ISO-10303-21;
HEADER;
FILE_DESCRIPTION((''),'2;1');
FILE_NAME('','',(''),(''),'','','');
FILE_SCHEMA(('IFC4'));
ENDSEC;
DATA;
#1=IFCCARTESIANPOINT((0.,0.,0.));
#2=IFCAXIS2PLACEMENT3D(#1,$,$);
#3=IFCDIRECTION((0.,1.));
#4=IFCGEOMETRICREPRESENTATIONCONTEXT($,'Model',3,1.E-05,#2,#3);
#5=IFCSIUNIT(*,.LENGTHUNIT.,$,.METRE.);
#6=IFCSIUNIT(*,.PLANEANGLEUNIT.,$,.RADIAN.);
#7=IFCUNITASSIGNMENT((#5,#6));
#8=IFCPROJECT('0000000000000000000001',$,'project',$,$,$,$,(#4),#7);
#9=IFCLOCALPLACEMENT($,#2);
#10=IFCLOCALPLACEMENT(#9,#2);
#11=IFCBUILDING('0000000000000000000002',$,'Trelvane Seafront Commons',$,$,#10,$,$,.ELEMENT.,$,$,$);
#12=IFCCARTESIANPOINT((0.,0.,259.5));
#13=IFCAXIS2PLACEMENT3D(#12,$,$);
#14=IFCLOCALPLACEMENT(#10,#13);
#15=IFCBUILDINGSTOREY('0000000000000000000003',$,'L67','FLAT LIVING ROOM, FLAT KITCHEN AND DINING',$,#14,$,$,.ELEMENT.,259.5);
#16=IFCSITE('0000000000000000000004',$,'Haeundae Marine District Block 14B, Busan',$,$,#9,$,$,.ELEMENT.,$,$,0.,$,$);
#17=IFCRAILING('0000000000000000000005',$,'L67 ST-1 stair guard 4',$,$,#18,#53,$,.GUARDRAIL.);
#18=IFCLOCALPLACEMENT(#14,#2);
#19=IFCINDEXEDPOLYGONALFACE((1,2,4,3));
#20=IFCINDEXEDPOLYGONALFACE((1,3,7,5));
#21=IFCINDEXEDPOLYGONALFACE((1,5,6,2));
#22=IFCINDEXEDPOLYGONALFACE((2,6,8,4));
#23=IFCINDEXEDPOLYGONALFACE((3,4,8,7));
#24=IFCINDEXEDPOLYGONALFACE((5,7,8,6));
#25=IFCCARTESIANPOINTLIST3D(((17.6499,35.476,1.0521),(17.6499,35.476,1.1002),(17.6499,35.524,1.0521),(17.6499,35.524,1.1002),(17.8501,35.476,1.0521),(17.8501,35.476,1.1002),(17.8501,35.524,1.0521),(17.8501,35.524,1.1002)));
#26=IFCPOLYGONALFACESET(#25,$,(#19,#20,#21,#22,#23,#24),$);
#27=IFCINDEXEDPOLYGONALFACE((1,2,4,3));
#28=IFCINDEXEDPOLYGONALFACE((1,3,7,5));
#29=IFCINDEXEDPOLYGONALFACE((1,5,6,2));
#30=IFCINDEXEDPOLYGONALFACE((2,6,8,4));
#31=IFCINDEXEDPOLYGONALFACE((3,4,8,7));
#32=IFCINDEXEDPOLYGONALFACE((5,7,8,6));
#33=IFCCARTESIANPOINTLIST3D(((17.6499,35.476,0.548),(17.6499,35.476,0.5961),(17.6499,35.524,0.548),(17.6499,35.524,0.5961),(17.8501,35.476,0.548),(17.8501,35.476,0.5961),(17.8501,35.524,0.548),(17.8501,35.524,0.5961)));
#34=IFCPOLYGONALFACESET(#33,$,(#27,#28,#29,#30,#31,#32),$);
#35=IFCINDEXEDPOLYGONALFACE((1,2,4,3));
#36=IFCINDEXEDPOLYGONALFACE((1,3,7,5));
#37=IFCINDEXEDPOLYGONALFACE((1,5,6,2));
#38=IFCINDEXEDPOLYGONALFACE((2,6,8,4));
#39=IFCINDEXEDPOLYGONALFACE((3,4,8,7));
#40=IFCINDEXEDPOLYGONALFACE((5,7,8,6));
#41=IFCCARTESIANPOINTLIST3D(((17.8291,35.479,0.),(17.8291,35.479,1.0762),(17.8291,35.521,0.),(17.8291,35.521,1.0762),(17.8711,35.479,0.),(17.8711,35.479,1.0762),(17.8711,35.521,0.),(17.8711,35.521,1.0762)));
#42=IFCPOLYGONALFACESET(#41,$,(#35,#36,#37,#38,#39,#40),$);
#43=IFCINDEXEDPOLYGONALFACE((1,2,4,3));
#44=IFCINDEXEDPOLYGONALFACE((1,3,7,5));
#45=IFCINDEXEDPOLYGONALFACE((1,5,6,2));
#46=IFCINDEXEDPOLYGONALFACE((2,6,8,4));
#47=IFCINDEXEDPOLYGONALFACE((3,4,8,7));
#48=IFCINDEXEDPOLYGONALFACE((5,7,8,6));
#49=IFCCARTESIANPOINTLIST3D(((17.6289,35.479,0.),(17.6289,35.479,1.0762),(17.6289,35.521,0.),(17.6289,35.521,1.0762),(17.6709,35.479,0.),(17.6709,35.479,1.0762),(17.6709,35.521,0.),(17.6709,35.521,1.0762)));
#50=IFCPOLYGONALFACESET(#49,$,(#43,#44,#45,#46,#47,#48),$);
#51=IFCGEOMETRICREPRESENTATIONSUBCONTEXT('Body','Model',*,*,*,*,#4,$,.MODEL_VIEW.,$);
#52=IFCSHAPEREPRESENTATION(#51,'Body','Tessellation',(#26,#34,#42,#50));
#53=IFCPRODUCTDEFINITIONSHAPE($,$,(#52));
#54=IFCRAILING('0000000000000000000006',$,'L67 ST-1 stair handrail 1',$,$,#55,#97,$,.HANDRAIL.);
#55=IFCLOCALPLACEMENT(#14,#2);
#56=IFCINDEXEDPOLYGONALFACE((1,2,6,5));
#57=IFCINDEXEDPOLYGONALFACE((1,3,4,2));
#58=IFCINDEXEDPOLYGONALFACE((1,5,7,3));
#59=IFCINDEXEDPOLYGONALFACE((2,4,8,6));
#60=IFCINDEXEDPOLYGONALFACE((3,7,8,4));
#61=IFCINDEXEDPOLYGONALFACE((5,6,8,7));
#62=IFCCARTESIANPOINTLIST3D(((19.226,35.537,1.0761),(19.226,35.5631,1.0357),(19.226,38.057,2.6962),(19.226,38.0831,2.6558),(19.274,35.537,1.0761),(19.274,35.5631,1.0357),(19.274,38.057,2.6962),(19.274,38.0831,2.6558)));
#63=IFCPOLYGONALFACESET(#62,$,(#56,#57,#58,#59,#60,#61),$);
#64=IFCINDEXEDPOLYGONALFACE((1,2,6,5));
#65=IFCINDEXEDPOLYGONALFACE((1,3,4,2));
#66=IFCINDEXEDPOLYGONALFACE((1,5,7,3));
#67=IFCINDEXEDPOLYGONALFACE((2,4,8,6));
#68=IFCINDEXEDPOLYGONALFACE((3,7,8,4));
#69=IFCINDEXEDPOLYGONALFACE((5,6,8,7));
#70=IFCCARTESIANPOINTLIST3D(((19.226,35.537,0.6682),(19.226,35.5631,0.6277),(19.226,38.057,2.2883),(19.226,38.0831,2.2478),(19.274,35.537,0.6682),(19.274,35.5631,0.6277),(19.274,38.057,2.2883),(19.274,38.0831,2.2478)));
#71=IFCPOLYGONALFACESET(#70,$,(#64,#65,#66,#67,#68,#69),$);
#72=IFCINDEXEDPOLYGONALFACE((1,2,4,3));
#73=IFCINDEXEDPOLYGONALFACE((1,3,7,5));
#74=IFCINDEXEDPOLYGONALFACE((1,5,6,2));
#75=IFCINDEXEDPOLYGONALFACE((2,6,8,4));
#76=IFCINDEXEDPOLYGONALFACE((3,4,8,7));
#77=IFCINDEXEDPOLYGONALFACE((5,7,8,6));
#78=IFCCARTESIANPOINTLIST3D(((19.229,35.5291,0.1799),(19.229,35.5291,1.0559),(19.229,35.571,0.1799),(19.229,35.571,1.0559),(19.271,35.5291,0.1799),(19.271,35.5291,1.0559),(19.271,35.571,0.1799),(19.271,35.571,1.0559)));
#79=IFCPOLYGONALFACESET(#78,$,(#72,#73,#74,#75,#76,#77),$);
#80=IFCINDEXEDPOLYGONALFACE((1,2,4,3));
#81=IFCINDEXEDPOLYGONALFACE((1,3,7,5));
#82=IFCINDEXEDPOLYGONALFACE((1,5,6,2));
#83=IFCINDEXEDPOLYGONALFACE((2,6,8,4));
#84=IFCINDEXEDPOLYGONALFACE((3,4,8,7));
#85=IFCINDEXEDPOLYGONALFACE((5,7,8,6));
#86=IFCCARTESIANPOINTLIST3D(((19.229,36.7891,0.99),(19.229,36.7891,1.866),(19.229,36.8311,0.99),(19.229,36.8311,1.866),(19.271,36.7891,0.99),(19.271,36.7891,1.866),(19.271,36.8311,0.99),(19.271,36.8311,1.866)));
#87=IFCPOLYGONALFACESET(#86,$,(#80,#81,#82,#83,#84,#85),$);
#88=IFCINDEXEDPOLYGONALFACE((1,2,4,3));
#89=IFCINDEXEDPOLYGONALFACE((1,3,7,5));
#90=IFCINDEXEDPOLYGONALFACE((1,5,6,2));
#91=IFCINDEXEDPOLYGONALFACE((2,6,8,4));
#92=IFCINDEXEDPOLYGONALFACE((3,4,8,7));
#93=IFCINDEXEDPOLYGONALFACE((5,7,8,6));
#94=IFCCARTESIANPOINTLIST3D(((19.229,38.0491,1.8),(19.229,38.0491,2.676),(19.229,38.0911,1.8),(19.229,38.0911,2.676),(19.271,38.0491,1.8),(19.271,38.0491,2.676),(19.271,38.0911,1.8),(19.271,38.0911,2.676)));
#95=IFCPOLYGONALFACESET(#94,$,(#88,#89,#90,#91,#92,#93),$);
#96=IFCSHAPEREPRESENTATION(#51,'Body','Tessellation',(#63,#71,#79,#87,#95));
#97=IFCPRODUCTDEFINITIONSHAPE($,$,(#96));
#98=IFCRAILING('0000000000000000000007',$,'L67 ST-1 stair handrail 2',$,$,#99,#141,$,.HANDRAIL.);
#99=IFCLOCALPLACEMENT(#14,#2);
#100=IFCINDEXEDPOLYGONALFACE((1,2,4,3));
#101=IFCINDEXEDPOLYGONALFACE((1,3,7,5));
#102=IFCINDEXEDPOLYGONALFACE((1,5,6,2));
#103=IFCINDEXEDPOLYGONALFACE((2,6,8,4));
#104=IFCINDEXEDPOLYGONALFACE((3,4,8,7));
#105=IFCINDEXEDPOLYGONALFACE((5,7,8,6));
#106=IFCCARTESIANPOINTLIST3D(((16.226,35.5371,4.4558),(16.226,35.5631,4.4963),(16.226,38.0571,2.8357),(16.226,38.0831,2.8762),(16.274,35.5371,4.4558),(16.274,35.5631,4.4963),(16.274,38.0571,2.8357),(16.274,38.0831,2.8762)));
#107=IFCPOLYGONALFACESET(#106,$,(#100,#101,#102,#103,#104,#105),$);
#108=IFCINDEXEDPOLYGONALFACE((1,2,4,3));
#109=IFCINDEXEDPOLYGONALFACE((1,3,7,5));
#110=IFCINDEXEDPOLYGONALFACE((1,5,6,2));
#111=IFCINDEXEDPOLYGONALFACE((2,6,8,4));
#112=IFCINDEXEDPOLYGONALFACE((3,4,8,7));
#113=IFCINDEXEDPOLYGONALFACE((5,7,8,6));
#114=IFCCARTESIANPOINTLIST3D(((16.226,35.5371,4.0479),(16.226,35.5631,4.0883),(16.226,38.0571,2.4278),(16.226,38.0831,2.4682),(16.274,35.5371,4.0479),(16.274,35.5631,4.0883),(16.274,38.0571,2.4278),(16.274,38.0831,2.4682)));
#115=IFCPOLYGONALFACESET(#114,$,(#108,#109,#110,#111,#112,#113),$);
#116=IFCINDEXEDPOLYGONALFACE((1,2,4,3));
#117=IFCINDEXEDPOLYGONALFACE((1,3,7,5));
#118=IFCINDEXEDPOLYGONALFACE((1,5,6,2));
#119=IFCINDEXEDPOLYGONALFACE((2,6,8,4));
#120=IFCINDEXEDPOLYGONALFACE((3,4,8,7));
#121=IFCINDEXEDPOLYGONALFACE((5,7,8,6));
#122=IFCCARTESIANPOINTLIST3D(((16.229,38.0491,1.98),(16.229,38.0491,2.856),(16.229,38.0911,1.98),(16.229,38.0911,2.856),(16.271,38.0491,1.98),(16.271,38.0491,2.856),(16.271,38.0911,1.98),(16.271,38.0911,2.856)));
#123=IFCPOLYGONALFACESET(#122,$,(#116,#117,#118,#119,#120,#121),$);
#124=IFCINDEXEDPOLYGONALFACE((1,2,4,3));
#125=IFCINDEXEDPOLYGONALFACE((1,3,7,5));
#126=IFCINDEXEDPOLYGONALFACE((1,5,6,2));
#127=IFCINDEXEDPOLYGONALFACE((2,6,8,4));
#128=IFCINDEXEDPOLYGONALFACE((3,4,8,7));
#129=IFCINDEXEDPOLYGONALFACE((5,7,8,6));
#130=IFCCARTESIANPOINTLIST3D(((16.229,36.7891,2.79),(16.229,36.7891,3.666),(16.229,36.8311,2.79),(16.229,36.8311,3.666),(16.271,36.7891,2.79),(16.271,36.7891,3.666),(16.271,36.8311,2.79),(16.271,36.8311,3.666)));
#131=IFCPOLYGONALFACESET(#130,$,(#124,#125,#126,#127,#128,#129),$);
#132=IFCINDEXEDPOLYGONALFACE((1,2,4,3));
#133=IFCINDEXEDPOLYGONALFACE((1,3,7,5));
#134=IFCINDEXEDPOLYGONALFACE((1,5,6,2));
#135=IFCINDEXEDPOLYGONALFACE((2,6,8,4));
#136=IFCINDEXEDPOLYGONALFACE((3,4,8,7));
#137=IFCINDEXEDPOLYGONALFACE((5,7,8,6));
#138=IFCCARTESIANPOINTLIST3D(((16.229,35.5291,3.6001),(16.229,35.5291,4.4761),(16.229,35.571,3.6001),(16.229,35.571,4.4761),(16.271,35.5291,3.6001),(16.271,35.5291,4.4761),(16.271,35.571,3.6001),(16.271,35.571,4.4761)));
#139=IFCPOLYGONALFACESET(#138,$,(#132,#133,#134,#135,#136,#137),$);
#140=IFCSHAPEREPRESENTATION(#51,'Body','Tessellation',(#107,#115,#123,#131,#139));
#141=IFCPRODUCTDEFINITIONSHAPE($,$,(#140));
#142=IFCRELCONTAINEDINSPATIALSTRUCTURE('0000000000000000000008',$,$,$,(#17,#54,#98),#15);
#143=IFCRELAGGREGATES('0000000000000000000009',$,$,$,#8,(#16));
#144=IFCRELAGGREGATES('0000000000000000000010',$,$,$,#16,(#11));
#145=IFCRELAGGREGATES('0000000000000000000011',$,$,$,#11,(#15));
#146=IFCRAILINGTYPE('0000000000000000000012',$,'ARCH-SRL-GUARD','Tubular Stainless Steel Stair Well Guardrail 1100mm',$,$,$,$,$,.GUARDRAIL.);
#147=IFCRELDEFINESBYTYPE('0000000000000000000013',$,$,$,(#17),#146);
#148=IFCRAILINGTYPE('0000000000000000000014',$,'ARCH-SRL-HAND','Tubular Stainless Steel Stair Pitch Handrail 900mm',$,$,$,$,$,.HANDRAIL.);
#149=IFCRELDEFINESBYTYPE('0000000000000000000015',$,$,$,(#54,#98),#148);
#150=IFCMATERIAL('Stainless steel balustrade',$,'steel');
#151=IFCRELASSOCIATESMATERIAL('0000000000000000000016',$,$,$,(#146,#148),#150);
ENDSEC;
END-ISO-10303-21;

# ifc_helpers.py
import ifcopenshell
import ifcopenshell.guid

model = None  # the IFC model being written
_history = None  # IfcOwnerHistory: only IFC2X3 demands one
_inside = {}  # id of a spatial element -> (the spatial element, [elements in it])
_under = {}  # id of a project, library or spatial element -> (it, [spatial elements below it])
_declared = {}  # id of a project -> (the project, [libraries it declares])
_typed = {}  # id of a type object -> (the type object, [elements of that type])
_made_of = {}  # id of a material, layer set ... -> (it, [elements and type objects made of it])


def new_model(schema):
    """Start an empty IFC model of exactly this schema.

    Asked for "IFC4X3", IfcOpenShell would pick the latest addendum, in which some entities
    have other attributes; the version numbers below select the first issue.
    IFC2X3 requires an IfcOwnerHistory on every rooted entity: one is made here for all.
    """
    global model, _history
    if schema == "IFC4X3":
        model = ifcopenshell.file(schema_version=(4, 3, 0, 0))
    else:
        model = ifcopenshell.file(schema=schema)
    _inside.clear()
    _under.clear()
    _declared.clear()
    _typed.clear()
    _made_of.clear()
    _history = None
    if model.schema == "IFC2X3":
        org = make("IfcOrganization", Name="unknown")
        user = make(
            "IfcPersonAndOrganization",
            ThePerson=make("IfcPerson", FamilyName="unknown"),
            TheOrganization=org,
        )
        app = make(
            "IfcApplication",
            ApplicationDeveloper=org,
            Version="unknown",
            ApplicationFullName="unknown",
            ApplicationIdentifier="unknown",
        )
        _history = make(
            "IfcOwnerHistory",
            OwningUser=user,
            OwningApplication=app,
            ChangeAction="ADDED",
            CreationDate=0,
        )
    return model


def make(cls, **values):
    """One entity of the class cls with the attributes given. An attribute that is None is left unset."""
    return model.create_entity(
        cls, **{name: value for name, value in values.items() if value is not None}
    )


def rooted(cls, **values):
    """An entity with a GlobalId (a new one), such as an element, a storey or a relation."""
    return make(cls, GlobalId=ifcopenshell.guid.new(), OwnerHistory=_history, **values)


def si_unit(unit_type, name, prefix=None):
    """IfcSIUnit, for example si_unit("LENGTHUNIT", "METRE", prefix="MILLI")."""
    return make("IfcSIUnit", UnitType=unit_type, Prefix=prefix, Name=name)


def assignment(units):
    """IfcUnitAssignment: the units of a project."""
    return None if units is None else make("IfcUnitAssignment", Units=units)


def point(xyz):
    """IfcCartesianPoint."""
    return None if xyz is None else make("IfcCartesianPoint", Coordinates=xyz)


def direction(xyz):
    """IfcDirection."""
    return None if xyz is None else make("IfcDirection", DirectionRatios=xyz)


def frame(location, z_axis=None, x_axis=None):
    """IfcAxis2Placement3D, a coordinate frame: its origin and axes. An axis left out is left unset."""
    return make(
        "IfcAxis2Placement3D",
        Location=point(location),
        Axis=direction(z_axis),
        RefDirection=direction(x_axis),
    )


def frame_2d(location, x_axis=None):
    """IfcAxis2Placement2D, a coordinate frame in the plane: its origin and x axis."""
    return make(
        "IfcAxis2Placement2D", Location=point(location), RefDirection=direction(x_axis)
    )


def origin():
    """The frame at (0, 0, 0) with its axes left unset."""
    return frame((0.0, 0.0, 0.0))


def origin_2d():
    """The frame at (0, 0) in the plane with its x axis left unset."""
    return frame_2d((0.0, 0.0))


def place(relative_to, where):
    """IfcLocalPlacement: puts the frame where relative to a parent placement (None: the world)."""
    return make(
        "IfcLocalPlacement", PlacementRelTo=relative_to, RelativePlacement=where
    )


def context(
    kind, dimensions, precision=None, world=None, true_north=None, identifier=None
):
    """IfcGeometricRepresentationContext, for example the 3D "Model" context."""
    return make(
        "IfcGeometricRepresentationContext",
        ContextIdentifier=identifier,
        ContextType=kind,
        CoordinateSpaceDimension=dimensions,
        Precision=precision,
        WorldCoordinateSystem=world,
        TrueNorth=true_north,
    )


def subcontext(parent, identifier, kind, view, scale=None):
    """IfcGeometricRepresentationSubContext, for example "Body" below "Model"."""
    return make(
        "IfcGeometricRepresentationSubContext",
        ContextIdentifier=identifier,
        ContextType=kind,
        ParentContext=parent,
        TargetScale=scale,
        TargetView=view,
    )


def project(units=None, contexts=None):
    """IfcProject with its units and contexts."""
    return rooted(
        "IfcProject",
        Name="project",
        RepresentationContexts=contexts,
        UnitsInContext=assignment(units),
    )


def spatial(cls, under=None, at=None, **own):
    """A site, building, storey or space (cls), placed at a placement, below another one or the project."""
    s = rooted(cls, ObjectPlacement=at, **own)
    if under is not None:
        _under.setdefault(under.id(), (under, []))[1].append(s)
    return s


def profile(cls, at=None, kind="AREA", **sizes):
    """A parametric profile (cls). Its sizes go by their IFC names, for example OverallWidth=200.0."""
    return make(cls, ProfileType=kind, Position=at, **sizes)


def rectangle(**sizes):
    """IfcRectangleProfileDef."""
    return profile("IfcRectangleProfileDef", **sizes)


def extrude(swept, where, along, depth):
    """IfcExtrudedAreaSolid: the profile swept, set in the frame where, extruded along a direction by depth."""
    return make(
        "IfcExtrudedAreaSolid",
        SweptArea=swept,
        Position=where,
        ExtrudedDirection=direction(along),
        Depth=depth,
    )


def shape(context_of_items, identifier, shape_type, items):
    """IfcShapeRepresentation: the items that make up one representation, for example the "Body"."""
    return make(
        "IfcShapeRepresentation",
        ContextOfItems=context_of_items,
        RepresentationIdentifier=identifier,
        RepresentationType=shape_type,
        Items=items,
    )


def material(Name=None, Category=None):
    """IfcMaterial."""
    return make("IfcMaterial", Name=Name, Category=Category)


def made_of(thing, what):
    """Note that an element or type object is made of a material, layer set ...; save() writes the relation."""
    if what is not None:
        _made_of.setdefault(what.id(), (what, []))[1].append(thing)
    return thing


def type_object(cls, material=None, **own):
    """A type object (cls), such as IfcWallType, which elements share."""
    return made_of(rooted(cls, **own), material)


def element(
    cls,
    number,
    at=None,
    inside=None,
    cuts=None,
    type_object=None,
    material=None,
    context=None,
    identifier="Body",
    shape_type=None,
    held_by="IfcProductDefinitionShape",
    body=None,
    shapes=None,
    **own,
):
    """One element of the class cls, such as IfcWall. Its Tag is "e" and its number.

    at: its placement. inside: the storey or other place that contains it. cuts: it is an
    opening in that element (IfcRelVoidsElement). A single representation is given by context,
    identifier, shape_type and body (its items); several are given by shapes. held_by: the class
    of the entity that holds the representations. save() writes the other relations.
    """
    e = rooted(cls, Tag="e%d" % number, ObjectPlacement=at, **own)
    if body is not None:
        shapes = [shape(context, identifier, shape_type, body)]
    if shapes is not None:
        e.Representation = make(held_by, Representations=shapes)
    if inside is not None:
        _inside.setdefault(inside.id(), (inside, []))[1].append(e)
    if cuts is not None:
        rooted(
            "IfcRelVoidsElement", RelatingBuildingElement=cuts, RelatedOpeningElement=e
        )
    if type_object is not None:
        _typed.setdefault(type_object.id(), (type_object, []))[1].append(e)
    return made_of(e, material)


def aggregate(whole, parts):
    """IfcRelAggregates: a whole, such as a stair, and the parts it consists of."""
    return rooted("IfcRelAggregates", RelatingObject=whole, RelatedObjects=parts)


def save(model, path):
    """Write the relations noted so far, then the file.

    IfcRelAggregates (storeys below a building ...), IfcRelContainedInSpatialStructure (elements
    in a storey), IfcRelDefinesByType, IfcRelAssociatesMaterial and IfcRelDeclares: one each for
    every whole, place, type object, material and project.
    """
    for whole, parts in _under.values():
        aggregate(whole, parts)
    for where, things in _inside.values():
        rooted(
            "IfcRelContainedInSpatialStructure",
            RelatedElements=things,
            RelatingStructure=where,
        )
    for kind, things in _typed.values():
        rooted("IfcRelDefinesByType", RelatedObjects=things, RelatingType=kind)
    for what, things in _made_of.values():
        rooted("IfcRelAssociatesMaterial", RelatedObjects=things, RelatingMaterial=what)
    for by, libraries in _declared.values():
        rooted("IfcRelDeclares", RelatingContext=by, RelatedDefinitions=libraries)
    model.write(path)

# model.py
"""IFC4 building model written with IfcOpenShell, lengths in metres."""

from ifc_helpers import new_model, si_unit, direction, frame, origin, origin_2d, place, context, subcontext, project, spatial, rectangle, extrude, material, type_object, element, save


model = new_model("IFC4")

# Units and contexts
model_context = context("Model", 3, precision=1e-05, world=origin(), true_north=direction((0.0, 1.0)))
body_context = subcontext(model_context, "Body", "Model", "MODEL_VIEW")
ifc_project = project(units=[si_unit("LENGTHUNIT", "METRE"), si_unit("PLANEANGLEUNIT", "RADIAN")], contexts=[model_context])

# Site, building, storey
site_placement = place(None, origin())
site = spatial("IfcSite", under=ifc_project, at=site_placement, Name="Haeundae Marine District Block 14B, Busan", CompositionType="ELEMENT", RefElevation=0.0)
building_placement = place(site_placement, origin())
building = spatial("IfcBuilding", under=site, at=building_placement, Name="Trelvane Seafront Commons", CompositionType="ELEMENT")
storey_placement = place(building_placement, frame((0.0, 0.0, 259.5)))
storey = spatial("IfcBuildingStorey", under=building, at=storey_placement, Name="L67", Description="FLAT LIVING ROOM, FLAT KITCHEN AND DINING", CompositionType="ELEMENT", Elevation=259.5)

# Shared definitions
ifc_material_1 = material(Name="Stainless steel balustrade", Category="steel")

# Railings
railing_type_1 = type_object("IfcRailingType", Name="ARCH-SRL-GUARD", Description="Tubular Stainless Steel Stair Well Guardrail 1100mm", PredefinedType="GUARDRAIL", material=ifc_material_1)
railing_1_placement = place(storey_placement, frame((17.8501, 35.5, 0.0)))
element("IfcRailing", 1, at=railing_1_placement, inside=storey, type_object=railing_type_1, Name="L67 ST-1 stair guard 4", PredefinedType="GUARDRAIL", context=body_context, shape_type="SweptSolid", body=[
    extrude(rectangle(XDim=0.0481, YDim=0.0481, at=origin_2d()), frame((0.0, 0.0, 1.0762), z_axis=(-1.0, 0.0, 0.0), x_axis=(0.0, -1.0, 0.0)), (0.0, 0.0, 1.0), 0.2002),
    extrude(rectangle(XDim=0.0481, YDim=0.0481, at=origin_2d()), frame((0.0, 0.0, 0.572), z_axis=(-1.0, 0.0, 0.0), x_axis=(0.0, -1.0, 0.0)), (0.0, 0.0, 1.0), 0.2002),
    extrude(rectangle(XDim=0.042, YDim=0.042, at=origin_2d()), origin(), (0.0, 0.0, 1.0), 1.0762),
    extrude(rectangle(XDim=0.042, YDim=0.042, at=origin_2d()), frame((-0.2002, 0.0, 0.0)), (0.0, 0.0, 1.0), 1.0762),
])
railing_type_2 = type_object("IfcRailingType", Name="ARCH-SRL-HAND", Description="Tubular Stainless Steel Stair Pitch Handrail 900mm", PredefinedType="HANDRAIL", material=ifc_material_1)
railing_2_placement = place(storey_placement, frame((19.25, 35.55, 0.1799)))
element("IfcRailing", 2, at=railing_2_placement, inside=storey, type_object=railing_type_2, Name="L67 ST-1 stair handrail 1", PredefinedType="HANDRAIL", context=body_context, shape_type="SweptSolid", body=[
    extrude(rectangle(XDim=0.0481, YDim=0.0481, at=origin_2d()), frame((0.0, 0.0, 0.876), z_axis=(0.0, 0.841163, 0.540782), x_axis=(-1.0, 0.0, 0.0)), (0.0, 0.0, 1.0), 2.9958),
    extrude(rectangle(XDim=0.0481, YDim=0.0481, at=origin_2d()), frame((0.0, 0.0, 0.468), z_axis=(0.0, 0.841163, 0.540782), x_axis=(-1.0, 0.0, 0.0)), (0.0, 0.0, 1.0), 2.9958),
    extrude(rectangle(XDim=0.042, YDim=0.042, at=origin_2d()), origin(), (0.0, 0.0, 1.0), 0.876),
    extrude(rectangle(XDim=0.042, YDim=0.042, at=origin_2d()), frame((0.0, 1.26, 0.8101)), (0.0, 0.0, 1.0), 0.876),
    extrude(rectangle(XDim=0.042, YDim=0.042, at=origin_2d()), frame((0.0, 2.52, 1.6201)), (0.0, 0.0, 1.0), 0.876),
])
railing_3_placement = place(storey_placement, frame((16.25, 38.0701, 1.98)))
element("IfcRailing", 3, at=railing_3_placement, inside=storey, type_object=railing_type_2, Name="L67 ST-1 stair handrail 2", PredefinedType="HANDRAIL", context=body_context, shape_type="SweptSolid", body=[
    extrude(rectangle(XDim=0.0481, YDim=0.0481, at=origin_2d()), frame((0.0, 0.0, 0.876), z_axis=(0.0, -0.841163, 0.540782), x_axis=(1.0, 0.0, 0.0)), (0.0, 0.0, 1.0), 2.9958),
    extrude(rectangle(XDim=0.0481, YDim=0.0481, at=origin_2d()), frame((0.0, 0.0, 0.468), z_axis=(0.0, -0.841163, 0.540782), x_axis=(1.0, 0.0, 0.0)), (0.0, 0.0, 1.0), 2.9958),
    extrude(rectangle(XDim=0.042, YDim=0.042, at=origin_2d()), origin(), (0.0, 0.0, 1.0), 0.876),
    extrude(rectangle(XDim=0.042, YDim=0.042, at=origin_2d()), frame((0.0, -1.26, 0.8101)), (0.0, 0.0, 1.0), 0.876),
    extrude(rectangle(XDim=0.042, YDim=0.042, at=origin_2d()), frame((0.0, -2.52, 1.6201)), (0.0, 0.0, 1.0), 0.876),
])

save(model, "model.ifc")
